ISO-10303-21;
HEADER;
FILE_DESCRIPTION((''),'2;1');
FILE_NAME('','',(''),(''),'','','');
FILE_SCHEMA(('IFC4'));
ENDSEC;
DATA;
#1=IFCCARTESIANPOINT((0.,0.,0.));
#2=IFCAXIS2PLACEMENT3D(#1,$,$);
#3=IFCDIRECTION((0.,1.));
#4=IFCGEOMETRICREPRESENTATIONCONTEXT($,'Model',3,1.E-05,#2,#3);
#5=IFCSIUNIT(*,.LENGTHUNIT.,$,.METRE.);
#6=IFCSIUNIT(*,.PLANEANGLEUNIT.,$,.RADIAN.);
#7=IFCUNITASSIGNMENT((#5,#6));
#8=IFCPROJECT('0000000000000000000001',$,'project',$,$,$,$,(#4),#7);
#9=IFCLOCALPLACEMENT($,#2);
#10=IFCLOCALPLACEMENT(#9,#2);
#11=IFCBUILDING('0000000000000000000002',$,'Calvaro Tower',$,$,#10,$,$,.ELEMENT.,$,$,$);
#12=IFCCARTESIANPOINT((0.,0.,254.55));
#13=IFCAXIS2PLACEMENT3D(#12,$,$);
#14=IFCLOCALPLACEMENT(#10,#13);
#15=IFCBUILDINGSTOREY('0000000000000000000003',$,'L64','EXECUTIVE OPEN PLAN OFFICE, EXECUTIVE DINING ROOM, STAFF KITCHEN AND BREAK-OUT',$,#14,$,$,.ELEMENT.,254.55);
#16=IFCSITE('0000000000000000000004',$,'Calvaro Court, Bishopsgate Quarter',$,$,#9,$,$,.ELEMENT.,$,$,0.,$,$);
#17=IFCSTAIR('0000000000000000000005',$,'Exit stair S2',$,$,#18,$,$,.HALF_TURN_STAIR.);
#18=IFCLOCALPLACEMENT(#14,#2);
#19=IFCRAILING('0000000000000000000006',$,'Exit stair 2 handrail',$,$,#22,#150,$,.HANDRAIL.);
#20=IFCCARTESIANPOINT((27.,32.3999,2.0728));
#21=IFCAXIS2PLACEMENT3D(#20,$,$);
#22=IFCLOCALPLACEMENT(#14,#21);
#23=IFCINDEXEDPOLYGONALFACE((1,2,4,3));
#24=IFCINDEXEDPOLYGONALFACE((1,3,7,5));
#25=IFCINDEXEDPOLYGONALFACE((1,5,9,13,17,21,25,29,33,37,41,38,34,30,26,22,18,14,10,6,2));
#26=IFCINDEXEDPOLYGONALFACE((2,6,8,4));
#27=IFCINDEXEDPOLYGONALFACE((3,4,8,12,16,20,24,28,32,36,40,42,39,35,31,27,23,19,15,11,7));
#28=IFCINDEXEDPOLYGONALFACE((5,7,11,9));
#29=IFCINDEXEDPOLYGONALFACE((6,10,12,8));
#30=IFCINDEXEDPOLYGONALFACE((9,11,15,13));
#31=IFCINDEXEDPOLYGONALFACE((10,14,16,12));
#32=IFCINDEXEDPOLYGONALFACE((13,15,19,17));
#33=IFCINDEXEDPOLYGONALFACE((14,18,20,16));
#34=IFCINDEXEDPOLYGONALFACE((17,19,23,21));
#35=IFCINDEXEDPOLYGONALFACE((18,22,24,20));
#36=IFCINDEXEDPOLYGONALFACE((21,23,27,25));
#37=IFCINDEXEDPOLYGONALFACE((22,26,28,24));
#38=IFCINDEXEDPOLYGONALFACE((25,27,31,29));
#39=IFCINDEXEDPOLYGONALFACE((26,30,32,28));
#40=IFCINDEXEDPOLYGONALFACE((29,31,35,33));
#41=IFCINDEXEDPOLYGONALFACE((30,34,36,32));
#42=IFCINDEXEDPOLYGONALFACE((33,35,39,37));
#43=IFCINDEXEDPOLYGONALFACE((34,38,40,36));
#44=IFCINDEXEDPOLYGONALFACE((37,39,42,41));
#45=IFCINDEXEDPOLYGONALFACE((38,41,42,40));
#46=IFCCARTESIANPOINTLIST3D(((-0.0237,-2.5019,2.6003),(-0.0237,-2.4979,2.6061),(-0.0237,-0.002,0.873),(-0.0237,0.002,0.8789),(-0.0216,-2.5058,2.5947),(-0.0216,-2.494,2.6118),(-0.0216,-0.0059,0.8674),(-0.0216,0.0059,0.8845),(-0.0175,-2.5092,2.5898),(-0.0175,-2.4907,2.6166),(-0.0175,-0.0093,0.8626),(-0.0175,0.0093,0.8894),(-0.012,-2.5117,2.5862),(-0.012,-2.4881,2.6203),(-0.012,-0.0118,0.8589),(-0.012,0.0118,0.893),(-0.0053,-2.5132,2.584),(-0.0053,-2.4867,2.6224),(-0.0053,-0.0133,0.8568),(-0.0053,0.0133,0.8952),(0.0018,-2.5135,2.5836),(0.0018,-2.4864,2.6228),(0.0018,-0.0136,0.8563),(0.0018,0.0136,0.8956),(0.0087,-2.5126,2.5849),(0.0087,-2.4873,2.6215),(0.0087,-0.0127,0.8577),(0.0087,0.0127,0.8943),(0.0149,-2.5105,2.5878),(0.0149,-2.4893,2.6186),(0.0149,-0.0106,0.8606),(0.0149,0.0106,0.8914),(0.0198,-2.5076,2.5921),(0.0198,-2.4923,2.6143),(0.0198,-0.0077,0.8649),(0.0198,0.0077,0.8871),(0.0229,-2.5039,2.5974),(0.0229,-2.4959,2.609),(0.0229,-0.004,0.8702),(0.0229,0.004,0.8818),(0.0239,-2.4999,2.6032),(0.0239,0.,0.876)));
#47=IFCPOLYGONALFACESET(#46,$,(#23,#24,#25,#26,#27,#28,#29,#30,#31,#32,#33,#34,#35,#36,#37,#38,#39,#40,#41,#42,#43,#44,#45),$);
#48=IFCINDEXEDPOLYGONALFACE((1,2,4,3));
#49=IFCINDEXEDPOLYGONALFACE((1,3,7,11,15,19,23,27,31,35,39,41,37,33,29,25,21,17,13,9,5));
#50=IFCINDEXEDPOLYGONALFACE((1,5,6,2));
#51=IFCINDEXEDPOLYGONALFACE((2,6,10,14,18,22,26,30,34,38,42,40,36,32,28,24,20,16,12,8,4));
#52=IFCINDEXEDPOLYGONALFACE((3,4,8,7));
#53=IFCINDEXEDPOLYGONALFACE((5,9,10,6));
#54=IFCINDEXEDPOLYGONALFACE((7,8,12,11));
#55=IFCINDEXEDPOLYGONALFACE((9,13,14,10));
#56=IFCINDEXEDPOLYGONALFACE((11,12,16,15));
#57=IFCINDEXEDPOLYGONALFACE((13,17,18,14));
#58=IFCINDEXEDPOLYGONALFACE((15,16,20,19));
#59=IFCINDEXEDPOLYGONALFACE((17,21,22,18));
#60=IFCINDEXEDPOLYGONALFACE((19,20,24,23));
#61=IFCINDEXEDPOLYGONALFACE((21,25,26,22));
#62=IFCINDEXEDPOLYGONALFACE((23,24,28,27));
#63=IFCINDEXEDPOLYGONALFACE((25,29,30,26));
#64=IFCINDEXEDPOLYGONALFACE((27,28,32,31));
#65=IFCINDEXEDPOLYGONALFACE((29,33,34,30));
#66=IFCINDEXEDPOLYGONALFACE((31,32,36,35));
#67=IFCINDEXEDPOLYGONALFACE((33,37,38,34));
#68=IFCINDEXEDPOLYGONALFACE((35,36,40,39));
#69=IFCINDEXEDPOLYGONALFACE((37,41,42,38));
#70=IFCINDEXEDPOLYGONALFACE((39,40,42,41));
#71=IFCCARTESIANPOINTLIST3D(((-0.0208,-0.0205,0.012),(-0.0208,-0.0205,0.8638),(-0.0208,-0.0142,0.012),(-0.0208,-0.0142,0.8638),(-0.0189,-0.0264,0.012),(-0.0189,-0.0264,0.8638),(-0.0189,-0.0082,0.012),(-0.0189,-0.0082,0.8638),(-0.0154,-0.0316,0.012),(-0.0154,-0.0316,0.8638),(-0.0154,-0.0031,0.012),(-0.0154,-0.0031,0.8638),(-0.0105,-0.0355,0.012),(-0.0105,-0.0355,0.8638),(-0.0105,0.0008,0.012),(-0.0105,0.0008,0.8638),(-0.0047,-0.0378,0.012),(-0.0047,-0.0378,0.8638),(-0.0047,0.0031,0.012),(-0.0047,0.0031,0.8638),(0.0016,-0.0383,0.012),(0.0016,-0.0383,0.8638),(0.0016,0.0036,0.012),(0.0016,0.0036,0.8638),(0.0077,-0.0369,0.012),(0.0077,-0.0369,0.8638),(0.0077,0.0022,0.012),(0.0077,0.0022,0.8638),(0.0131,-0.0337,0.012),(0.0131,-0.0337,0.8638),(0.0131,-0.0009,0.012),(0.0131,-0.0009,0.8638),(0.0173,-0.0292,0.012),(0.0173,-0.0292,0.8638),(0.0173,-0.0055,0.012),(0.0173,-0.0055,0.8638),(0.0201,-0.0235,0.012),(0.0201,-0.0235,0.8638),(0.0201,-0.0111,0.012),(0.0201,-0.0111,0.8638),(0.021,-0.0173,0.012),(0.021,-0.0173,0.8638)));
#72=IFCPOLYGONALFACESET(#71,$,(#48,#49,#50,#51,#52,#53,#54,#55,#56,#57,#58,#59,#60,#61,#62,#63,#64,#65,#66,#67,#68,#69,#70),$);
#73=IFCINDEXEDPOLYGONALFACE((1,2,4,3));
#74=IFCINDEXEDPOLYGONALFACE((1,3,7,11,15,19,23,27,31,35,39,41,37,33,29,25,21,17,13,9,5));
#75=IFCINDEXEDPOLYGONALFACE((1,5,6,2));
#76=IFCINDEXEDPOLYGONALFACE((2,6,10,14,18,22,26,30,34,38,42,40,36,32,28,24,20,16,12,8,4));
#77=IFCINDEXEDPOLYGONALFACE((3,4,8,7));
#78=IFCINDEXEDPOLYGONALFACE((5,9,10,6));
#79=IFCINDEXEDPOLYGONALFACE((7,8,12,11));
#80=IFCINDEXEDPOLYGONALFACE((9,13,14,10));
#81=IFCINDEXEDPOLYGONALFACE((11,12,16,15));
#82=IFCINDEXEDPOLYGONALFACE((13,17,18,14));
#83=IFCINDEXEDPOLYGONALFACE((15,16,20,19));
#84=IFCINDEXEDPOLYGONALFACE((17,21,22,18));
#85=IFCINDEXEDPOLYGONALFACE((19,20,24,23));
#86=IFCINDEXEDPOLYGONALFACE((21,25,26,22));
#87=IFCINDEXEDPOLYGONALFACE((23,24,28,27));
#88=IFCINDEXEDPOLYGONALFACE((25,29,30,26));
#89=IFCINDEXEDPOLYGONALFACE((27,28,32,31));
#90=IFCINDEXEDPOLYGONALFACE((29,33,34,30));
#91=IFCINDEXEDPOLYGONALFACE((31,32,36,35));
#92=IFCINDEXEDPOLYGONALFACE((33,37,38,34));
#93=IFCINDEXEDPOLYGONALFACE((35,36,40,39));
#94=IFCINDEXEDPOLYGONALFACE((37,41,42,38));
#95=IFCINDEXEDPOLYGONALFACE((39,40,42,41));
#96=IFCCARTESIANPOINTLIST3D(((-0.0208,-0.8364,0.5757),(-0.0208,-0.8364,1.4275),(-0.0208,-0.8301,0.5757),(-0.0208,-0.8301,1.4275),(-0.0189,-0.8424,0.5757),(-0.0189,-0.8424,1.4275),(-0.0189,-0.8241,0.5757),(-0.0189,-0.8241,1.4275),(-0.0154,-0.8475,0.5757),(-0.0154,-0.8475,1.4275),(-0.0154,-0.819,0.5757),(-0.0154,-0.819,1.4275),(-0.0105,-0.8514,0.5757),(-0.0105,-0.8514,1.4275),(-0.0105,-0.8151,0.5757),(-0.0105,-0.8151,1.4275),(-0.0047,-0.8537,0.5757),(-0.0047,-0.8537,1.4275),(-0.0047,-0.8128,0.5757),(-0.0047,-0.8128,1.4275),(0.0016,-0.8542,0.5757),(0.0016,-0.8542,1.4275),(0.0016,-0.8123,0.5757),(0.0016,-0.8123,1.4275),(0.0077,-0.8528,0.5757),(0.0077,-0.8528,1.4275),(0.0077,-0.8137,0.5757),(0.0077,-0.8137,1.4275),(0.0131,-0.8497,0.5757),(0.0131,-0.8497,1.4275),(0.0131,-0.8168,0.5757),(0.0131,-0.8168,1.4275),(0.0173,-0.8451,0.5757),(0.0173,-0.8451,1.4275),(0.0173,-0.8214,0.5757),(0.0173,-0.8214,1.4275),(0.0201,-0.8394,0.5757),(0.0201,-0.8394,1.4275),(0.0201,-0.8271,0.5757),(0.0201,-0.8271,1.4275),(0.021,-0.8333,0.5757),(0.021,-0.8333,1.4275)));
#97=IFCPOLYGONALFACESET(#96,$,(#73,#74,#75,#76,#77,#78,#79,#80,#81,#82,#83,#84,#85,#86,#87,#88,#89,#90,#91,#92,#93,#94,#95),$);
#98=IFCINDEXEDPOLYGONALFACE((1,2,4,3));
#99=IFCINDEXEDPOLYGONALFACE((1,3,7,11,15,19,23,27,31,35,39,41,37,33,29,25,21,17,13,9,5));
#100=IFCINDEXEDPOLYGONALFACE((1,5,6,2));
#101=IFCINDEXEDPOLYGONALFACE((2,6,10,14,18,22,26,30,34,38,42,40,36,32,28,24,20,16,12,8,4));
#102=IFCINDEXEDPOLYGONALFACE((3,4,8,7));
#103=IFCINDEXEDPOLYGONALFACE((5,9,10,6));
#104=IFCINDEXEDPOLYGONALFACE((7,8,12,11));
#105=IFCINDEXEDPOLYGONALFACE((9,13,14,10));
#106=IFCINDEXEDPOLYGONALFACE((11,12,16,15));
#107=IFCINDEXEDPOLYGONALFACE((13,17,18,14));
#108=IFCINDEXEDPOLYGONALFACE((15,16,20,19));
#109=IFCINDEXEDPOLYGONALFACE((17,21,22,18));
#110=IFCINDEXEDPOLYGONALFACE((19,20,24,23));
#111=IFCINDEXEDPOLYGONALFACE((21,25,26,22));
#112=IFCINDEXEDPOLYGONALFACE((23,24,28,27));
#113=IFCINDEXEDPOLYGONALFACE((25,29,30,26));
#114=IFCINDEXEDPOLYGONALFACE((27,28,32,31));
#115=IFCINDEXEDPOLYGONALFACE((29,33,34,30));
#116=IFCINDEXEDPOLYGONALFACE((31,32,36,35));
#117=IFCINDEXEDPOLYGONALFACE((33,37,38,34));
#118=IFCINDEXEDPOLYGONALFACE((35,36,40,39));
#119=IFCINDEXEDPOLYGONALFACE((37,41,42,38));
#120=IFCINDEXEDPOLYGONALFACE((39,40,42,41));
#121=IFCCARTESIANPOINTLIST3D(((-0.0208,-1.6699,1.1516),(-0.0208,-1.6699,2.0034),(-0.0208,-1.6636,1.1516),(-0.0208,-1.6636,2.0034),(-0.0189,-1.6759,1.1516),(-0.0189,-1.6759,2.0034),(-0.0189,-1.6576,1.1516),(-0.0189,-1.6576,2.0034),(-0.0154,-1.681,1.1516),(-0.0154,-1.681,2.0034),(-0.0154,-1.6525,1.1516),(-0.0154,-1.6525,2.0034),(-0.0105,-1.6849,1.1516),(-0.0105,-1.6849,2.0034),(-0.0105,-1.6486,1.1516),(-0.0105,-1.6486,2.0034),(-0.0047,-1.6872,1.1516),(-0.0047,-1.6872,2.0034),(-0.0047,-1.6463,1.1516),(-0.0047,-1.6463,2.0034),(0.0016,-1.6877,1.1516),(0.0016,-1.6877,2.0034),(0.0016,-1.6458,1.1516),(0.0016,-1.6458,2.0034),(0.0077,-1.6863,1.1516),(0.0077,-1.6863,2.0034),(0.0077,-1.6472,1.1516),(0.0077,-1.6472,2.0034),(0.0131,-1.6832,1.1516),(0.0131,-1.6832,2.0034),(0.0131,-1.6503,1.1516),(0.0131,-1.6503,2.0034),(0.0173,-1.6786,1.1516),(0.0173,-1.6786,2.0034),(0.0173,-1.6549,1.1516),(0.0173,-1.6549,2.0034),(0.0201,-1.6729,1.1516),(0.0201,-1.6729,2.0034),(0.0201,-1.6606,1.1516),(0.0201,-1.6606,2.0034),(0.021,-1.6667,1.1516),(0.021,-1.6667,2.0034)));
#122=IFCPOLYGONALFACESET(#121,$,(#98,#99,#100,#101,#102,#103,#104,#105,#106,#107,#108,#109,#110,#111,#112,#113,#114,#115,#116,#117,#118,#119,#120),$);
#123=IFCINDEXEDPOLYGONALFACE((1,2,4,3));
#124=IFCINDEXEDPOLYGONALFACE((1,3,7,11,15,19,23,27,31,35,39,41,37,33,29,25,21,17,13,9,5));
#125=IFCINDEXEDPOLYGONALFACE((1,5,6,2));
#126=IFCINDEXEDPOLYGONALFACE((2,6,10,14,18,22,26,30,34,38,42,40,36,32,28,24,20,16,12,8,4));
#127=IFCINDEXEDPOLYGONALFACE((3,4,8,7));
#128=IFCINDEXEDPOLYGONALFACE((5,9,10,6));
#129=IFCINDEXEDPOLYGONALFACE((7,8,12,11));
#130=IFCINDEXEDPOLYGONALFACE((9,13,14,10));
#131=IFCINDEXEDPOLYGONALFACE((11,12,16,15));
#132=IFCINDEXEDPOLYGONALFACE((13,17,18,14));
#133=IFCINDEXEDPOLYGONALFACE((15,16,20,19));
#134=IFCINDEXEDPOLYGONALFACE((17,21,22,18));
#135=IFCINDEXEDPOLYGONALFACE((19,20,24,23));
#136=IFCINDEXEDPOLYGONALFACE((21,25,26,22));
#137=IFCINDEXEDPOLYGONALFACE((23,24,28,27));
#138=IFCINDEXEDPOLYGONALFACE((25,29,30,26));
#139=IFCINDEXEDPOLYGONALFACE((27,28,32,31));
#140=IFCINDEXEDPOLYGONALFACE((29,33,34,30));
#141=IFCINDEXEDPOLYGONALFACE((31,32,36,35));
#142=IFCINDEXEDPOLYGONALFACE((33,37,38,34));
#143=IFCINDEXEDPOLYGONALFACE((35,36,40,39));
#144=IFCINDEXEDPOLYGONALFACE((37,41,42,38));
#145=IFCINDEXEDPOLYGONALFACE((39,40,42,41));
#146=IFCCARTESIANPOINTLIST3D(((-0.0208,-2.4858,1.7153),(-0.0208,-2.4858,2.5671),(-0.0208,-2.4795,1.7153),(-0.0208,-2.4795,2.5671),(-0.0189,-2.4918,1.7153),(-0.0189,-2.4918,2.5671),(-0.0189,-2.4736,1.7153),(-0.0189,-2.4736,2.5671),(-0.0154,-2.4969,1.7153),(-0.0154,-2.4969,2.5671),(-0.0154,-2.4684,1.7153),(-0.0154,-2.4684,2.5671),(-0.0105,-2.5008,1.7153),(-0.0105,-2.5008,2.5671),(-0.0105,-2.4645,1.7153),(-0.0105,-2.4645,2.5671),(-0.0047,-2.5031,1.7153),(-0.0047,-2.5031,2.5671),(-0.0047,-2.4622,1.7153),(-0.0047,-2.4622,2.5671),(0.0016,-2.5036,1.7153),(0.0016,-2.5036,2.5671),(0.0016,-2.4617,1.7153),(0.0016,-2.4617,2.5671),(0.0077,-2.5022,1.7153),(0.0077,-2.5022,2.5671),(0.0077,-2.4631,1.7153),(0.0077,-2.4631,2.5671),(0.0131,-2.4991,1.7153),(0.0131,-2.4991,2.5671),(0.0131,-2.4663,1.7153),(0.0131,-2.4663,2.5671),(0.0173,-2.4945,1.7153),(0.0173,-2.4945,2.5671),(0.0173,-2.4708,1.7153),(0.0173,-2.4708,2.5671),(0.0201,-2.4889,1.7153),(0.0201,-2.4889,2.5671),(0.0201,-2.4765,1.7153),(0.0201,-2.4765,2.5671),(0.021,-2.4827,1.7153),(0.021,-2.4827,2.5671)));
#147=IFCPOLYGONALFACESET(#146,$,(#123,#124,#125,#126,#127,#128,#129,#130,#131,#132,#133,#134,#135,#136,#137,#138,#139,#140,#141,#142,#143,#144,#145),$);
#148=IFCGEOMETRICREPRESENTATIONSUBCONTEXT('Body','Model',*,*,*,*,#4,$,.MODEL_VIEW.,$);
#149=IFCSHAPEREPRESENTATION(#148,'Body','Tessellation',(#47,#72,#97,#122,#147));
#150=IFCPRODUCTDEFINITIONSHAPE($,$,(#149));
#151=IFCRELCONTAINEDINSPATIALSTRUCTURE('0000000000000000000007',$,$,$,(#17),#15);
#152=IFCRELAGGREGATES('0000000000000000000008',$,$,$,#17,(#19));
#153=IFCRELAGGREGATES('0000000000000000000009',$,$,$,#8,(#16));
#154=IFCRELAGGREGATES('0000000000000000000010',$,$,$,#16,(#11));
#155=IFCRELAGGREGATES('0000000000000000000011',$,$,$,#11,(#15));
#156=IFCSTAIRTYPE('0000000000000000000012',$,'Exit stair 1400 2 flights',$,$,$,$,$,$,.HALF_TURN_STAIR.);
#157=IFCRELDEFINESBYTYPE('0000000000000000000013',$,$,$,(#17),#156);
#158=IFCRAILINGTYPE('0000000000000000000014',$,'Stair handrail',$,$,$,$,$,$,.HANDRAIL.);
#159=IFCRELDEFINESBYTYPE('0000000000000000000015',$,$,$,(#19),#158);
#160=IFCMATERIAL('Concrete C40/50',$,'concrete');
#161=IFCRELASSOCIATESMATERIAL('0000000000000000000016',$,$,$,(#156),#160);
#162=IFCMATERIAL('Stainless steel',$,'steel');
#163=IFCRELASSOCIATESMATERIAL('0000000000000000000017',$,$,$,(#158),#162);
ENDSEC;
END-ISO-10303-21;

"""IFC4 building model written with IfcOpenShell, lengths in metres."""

from ifc_helpers import new_model, si_unit, direction, frame, origin, origin_2d, place, context, subcontext, project, spatial, circle, extrude, material, type_object, element, aggregate, save


model = new_model("IFC4")

# Units and contexts
model_context = context("Model", 3, precision=1e-05, world=origin(), true_north=direction((0.0, 1.0)))
body_context = subcontext(model_context, "Body", "Model", "MODEL_VIEW")
ifc_project = project(units=[si_unit("LENGTHUNIT", "METRE"), si_unit("PLANEANGLEUNIT", "RADIAN")], contexts=[model_context])

# Site, building, storey
site_placement = place(None, origin())
site = spatial("IfcSite", under=ifc_project, at=site_placement, Name="Calvaro Court, Bishopsgate Quarter", CompositionType="ELEMENT", RefElevation=0.0)
building_placement = place(site_placement, origin())
building = spatial("IfcBuilding", under=site, at=building_placement, Name="Calvaro Tower", CompositionType="ELEMENT")
storey_placement = place(building_placement, frame((0.0, 0.0, 254.55)))
storey = spatial("IfcBuildingStorey", under=building, at=storey_placement, Name="L64", Description="EXECUTIVE OPEN PLAN OFFICE, EXECUTIVE DINING ROOM, STAFF KITCHEN AND BREAK-OUT", CompositionType="ELEMENT", Elevation=254.55)

# Stair, railing
ifc_material_1 = material(Name="Concrete C40/50", Category="concrete")
stair_type = type_object("IfcStairType", Name="Exit stair 1400 2 flights", PredefinedType="HALF_TURN_STAIR", material=ifc_material_1)
stair_placement = place(storey_placement, origin())
stair = element("IfcStair", 1, at=stair_placement, inside=storey, type_object=stair_type, Name="Exit stair S2", PredefinedType="HALF_TURN_STAIR")
ifc_material_2 = material(Name="Stainless steel", Category="steel")
railing_type = type_object("IfcRailingType", Name="Stair handrail", PredefinedType="HANDRAIL", material=ifc_material_2)
railing_1_placement = place(storey_placement, frame((27.0, 32.3999, 2.0728)))
railing_1 = element("IfcRailing", 2, at=railing_1_placement, type_object=railing_type, Name="Exit stair 2 handrail", PredefinedType="HANDRAIL", context=body_context, shape_type="SweptSolid", body=[
    extrude(circle(Radius=0.0239, at=origin_2d()), frame((0.0, 0.0, 0.876), z_axis=(0.0, -0.822727, 0.568437), x_axis=(1.0, 0.0, 0.0)), (0.0, 0.0, 1.0), 3.0386),
    extrude(circle(Radius=0.021, at=origin_2d()), frame((0.0, -0.0173, 0.012)), (0.0, 0.0, 1.0), 0.8518),
    extrude(circle(Radius=0.021, at=origin_2d()), frame((0.0, -0.8333, 0.5757)), (0.0, 0.0, 1.0), 0.8518),
    extrude(circle(Radius=0.021, at=origin_2d()), frame((0.0, -1.6667, 1.1516)), (0.0, 0.0, 1.0), 0.8518),
    extrude(circle(Radius=0.021, at=origin_2d()), frame((0.0, -2.4827, 1.7153)), (0.0, 0.0, 1.0), 0.8518),
])
aggregate(stair, [railing_1])

save(model, "model.ifc")
